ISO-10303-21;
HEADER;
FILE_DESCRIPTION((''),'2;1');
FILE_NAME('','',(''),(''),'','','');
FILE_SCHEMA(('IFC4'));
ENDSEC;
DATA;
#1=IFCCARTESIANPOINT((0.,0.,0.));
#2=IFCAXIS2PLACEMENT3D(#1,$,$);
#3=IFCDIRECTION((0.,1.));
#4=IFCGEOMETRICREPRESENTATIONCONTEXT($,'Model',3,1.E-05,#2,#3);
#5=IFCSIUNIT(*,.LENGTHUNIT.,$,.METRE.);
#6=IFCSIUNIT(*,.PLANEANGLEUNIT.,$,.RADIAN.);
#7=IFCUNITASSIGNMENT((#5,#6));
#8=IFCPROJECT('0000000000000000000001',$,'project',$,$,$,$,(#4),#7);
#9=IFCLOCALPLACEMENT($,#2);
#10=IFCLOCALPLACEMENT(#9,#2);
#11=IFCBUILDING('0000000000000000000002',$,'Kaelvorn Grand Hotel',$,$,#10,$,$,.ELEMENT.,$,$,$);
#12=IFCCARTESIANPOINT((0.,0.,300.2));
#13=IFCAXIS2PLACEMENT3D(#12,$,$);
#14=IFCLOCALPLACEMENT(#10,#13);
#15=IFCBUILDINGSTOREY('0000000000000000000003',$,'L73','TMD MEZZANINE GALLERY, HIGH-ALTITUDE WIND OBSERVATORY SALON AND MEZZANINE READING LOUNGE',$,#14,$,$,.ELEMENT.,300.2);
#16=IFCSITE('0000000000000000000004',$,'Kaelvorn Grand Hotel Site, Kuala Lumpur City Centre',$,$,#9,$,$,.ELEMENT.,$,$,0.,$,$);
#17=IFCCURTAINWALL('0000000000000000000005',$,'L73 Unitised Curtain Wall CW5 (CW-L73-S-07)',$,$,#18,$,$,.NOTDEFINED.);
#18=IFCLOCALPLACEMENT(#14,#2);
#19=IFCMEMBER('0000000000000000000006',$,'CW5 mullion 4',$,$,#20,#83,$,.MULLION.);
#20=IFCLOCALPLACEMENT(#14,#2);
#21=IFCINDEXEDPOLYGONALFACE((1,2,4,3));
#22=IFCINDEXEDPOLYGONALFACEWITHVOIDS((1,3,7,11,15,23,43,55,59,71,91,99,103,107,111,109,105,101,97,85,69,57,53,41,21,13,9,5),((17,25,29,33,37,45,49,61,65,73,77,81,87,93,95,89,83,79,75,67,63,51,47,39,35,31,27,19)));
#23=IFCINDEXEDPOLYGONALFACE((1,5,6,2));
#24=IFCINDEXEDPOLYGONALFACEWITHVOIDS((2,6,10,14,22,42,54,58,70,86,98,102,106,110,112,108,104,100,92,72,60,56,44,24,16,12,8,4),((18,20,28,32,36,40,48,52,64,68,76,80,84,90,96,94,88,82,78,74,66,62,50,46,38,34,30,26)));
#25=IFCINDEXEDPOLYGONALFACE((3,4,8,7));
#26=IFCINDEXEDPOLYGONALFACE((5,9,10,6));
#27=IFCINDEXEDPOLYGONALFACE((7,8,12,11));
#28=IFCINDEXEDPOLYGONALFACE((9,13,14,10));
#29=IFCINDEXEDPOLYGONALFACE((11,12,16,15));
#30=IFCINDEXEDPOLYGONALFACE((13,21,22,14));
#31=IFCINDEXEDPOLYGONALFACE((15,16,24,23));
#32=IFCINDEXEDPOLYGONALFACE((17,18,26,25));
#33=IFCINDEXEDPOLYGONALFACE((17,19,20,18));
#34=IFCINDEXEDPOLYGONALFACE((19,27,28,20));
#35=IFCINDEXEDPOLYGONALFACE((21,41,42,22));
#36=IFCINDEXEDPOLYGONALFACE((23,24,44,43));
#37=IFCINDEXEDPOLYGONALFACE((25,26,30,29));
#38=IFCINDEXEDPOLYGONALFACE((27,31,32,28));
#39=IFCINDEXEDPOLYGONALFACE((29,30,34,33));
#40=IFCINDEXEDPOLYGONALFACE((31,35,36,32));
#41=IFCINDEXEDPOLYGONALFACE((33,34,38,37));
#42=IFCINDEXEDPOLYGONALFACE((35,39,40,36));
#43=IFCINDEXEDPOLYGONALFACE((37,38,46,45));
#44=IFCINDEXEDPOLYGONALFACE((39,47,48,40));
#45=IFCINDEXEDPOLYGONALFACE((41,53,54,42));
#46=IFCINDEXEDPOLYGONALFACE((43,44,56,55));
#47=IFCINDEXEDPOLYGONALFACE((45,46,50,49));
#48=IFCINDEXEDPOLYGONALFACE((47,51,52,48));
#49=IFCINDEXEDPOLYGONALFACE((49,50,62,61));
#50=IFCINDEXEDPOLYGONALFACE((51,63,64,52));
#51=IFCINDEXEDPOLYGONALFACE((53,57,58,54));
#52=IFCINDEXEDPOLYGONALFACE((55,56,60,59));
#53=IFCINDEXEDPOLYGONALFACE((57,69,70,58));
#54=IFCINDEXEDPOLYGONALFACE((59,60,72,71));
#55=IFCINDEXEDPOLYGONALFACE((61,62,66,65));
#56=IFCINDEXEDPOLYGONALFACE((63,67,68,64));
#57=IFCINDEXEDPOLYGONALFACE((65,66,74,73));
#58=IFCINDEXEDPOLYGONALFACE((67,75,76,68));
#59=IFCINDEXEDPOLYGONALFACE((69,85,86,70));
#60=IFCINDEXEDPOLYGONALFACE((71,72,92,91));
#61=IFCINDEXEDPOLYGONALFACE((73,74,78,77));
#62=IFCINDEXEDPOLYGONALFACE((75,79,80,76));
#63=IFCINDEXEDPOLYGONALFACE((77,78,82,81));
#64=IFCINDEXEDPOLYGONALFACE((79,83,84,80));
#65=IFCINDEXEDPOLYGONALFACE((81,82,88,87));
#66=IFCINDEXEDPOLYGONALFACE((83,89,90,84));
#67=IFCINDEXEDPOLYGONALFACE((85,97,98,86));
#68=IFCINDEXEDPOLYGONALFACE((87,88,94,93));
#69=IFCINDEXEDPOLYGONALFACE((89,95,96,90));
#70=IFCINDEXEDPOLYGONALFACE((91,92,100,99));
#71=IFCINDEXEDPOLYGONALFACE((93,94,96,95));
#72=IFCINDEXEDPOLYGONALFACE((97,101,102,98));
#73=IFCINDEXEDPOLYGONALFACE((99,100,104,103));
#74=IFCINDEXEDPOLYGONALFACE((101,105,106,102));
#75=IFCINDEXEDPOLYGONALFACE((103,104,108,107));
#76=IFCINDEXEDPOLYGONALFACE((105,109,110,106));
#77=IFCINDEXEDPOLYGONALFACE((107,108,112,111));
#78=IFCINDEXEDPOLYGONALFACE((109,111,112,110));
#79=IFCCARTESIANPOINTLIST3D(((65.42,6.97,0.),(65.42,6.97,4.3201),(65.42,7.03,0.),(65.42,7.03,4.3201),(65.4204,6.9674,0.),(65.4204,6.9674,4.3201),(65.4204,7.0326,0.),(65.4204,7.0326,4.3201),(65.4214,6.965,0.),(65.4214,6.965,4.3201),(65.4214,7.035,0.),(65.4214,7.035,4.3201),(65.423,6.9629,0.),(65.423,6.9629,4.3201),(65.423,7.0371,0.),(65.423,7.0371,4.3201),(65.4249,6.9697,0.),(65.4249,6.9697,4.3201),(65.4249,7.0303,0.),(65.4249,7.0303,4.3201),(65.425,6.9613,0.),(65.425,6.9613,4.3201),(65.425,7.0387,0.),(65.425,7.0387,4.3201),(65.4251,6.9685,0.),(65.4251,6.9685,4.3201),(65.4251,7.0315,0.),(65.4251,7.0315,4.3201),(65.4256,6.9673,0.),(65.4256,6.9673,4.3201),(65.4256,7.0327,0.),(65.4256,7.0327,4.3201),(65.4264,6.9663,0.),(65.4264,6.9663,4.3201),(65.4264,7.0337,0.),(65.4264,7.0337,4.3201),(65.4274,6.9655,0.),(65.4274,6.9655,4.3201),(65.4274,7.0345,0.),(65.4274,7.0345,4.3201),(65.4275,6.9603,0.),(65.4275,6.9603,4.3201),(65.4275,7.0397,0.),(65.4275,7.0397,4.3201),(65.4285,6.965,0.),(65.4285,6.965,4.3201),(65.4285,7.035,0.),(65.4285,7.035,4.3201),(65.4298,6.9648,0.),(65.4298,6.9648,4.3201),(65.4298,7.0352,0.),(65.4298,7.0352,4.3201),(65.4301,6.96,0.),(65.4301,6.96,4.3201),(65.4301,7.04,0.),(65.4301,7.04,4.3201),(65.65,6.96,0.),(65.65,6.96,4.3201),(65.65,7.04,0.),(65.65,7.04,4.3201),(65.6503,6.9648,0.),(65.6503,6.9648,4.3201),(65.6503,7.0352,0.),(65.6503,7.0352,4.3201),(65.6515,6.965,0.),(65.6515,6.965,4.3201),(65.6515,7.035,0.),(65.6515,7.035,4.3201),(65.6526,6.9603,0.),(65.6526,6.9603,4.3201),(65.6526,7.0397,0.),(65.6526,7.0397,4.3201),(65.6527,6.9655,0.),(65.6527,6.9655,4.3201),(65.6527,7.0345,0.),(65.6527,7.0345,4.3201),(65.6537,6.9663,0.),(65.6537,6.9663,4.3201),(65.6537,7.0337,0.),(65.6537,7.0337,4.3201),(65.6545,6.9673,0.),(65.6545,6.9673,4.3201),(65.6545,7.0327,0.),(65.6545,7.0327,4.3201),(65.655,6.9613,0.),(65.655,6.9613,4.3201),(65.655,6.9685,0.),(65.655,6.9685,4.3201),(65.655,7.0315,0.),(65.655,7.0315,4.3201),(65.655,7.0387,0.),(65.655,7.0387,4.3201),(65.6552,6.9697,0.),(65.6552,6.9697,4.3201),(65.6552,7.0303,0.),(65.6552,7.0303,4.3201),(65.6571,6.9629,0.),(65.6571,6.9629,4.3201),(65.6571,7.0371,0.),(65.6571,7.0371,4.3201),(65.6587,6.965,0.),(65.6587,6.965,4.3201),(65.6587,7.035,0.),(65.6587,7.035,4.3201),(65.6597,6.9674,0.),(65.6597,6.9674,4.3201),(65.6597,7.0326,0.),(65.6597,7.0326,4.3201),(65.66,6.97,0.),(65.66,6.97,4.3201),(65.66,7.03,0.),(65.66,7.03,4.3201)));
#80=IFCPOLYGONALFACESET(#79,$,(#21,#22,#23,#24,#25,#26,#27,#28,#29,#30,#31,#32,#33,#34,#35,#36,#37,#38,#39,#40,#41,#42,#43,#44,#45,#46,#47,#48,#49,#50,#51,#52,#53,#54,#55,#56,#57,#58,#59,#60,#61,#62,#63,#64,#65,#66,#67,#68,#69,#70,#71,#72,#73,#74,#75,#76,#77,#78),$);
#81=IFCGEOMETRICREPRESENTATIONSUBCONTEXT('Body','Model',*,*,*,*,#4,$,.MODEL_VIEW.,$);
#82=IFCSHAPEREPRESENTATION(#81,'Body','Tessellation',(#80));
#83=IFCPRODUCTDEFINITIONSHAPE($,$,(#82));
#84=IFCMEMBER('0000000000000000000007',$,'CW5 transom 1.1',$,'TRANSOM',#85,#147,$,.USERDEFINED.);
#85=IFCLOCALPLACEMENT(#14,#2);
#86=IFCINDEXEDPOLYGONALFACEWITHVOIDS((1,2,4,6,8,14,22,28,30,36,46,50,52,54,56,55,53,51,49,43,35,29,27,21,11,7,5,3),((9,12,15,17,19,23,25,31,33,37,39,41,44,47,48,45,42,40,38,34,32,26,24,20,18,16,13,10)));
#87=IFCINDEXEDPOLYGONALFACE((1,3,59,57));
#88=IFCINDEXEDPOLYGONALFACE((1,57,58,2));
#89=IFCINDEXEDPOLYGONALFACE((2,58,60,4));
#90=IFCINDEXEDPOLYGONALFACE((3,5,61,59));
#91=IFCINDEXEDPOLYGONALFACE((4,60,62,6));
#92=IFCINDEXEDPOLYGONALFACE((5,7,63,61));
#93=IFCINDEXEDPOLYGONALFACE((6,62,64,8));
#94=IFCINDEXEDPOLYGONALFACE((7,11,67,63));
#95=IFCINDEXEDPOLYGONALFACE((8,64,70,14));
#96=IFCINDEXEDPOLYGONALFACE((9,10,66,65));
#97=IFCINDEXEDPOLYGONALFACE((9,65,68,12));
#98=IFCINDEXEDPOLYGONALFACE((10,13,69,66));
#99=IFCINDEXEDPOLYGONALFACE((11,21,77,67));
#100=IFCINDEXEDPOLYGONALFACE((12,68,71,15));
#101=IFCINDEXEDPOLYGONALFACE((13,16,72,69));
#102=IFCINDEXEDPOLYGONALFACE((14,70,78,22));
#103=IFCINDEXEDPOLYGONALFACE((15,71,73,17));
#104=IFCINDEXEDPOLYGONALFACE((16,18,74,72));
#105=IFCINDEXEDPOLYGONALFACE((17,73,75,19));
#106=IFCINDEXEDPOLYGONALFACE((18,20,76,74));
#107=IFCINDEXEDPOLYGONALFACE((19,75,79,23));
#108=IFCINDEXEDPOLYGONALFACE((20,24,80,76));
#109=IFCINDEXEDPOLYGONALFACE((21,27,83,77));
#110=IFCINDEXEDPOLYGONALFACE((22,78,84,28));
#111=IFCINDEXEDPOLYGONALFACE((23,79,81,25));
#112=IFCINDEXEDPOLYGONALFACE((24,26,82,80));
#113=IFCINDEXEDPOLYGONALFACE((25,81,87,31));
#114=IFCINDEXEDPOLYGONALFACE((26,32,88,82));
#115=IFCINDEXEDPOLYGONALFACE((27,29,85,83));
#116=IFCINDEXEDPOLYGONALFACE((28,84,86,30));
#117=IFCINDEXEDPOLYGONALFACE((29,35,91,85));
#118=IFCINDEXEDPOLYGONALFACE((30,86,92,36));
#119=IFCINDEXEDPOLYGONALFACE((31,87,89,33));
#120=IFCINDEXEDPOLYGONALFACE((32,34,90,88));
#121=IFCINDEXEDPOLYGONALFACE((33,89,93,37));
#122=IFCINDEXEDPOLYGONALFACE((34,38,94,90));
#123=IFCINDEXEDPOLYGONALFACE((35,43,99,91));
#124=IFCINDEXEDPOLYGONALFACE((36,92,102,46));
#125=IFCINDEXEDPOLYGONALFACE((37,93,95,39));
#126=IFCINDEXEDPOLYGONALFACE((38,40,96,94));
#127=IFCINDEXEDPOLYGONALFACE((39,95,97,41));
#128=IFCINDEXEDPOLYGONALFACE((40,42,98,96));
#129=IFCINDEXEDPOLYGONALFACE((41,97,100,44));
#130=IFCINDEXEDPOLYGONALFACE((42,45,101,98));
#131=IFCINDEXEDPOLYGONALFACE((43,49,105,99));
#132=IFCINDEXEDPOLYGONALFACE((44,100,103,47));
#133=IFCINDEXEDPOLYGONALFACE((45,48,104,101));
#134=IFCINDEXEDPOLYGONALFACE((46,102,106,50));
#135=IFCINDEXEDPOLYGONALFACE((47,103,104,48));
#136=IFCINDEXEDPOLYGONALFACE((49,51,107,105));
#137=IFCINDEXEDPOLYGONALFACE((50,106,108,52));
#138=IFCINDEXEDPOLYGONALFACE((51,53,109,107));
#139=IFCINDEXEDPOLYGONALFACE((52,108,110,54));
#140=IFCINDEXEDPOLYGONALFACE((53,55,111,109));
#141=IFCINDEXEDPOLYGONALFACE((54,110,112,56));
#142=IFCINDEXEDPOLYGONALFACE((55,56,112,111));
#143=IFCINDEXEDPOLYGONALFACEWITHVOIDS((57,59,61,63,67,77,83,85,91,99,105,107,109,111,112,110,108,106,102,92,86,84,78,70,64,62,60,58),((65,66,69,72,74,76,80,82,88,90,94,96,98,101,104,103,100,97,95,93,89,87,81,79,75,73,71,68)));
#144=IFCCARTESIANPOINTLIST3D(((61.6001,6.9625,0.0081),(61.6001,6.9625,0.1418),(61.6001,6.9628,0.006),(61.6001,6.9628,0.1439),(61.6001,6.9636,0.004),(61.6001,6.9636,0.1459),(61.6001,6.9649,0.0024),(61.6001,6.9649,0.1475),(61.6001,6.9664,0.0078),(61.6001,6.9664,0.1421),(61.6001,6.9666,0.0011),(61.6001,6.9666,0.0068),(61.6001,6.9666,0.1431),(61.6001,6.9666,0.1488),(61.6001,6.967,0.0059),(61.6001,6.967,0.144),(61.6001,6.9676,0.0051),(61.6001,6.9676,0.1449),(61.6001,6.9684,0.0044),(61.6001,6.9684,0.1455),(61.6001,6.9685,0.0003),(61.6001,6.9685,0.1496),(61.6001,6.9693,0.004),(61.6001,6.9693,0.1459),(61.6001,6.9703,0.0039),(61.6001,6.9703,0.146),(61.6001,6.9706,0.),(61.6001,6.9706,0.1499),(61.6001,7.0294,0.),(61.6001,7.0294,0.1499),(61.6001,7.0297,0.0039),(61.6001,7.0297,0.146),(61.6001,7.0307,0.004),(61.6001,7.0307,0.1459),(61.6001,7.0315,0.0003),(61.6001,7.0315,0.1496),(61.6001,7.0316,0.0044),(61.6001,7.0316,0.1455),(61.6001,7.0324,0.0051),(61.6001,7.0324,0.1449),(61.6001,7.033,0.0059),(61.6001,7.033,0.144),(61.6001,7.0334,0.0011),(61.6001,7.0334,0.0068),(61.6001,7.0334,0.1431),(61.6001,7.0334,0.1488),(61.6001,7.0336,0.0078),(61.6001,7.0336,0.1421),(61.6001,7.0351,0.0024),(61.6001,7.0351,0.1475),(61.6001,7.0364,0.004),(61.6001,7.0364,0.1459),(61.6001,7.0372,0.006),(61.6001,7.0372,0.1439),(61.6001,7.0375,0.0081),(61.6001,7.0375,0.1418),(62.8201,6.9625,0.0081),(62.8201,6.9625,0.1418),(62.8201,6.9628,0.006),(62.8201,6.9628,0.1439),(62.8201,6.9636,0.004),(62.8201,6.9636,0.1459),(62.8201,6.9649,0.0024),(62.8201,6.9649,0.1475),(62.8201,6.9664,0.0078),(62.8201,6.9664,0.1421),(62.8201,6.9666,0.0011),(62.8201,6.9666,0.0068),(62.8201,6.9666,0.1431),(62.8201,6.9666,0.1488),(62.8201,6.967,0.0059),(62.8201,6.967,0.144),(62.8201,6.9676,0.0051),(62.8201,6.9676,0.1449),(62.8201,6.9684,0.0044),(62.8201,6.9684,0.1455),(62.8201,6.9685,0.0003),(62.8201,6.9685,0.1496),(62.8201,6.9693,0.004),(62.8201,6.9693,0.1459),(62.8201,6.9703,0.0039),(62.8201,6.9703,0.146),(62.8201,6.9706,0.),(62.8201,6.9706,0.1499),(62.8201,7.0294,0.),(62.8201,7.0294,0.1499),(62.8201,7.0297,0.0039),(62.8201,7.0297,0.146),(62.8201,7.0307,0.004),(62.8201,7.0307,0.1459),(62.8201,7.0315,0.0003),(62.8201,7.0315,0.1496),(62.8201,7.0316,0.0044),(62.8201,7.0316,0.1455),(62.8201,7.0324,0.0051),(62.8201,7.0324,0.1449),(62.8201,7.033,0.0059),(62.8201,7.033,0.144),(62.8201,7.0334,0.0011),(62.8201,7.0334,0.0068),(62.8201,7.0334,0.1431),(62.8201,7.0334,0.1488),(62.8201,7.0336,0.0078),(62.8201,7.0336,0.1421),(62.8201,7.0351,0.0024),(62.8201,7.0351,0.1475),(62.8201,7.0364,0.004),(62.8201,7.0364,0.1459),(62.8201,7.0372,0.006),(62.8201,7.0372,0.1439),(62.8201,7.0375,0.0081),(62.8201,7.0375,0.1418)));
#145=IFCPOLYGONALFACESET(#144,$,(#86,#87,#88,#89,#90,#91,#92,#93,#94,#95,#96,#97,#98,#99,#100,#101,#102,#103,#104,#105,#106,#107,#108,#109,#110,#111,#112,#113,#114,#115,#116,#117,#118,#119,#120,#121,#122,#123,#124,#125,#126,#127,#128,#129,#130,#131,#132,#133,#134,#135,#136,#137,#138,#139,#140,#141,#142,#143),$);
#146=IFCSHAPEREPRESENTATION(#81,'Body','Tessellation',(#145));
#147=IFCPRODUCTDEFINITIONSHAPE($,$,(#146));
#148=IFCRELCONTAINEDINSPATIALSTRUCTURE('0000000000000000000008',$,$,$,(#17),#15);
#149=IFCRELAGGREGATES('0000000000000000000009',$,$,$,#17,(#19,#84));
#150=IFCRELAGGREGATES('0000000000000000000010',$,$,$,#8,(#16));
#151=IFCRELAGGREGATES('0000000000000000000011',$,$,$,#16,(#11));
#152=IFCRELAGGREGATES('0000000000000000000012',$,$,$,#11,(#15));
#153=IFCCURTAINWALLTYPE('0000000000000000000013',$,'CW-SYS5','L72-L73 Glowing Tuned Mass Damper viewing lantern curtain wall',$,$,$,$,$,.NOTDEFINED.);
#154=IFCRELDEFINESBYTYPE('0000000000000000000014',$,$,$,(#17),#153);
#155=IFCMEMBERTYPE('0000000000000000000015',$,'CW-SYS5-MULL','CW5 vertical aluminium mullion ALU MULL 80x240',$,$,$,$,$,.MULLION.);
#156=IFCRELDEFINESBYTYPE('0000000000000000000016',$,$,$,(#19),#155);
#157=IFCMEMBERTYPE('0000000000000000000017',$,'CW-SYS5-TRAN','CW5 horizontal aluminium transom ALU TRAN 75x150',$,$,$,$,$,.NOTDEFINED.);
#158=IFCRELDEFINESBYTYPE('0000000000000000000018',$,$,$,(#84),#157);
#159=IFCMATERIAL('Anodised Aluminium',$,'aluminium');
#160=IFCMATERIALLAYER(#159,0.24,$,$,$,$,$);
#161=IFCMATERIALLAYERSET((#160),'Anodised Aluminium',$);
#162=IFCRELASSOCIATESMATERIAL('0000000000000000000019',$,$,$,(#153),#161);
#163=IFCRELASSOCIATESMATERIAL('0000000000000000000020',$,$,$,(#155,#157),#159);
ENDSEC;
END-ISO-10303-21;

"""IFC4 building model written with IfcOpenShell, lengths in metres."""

from ifc_helpers import new_model, si_unit, direction, frame, origin, origin_2d, place, context, subcontext, project, spatial, hollow_rectangle, extrude, material, layer, layer_set, material_profile, profile_set, type_object, element, aggregate, save


model = new_model("IFC4")

# Units and contexts
model_context = context("Model", 3, precision=1e-05, world=origin(), true_north=direction((0.0, 1.0)))
body_context = subcontext(model_context, "Body", "Model", "MODEL_VIEW")
ifc_project = project(units=[si_unit("LENGTHUNIT", "METRE"), si_unit("PLANEANGLEUNIT", "RADIAN")], contexts=[model_context])

# Site, building, storey
site_placement = place(None, origin())
site = spatial("IfcSite", under=ifc_project, at=site_placement, Name="Kaelvorn Grand Hotel Site, Kuala Lumpur City Centre", CompositionType="ELEMENT", RefElevation=0.0)
building_placement = place(site_placement, origin())
building = spatial("IfcBuilding", under=site, at=building_placement, Name="Kaelvorn Grand Hotel", CompositionType="ELEMENT")
storey_placement = place(building_placement, frame((0.0, 0.0, 300.2)))
storey = spatial("IfcBuildingStorey", under=building, at=storey_placement, Name="L73", Description="TMD MEZZANINE GALLERY, HIGH-ALTITUDE WIND OBSERVATORY SALON AND MEZZANINE READING LOUNGE", CompositionType="ELEMENT", Elevation=300.2)

# Curtain wall, members
ifc_material_1 = material(Name="Anodised Aluminium", Category="aluminium")
ifc_layer_1 = layer(ifc_material_1, 0.24)
ifc_layer_set_1 = layer_set([ifc_layer_1], Name="Anodised Aluminium")
curtain_wall_type = type_object("IfcCurtainWallType", Name="CW-SYS5", Description="L72-L73 Glowing Tuned Mass Damper viewing lantern curtain wall", PredefinedType="NOTDEFINED", material=ifc_layer_set_1)
curtain_wall_placement = place(storey_placement, origin())
curtain_wall = element("IfcCurtainWall", 1, at=curtain_wall_placement, inside=storey, type_object=curtain_wall_type, Name="L73 Unitised Curtain Wall CW5 (CW-L73-S-07)", PredefinedType="NOTDEFINED")
ifc_material_profile_1 = material_profile(ifc_material_1, hollow_rectangle(XDim=0.0801, YDim=0.24, WallThickness=0.0049, InnerFilletRadius=0.0049, OuterFilletRadius=0.01, at=origin_2d()), Name="ALU MULL 80x240")
ifc_profile_set_1 = profile_set([ifc_material_profile_1], Name="Anodised Aluminium")
member_type_1 = type_object("IfcMemberType", Name="CW-SYS5-MULL", Description="CW5 vertical aluminium mullion ALU MULL 80x240", PredefinedType="MULLION", material=ifc_profile_set_1)
member_1_placement = place(storey_placement, frame((65.54, 7.0, 0.0), z_axis=(0.0, 0.0, 1.0), x_axis=(0.0, 1.0, 0.0)))
member_1 = element("IfcMember", 2, at=member_1_placement, type_object=member_type_1, Name="CW5 mullion 4", PredefinedType="MULLION", context=body_context, shape_type="SweptSolid", body=[
    extrude(hollow_rectangle(XDim=0.0801, YDim=0.24, WallThickness=0.0049, InnerFilletRadius=0.0049, OuterFilletRadius=0.01, at=origin_2d()), origin(), (0.0, 0.0, 1.0), 4.3201),
])
ifc_material_profile_2 = material_profile(ifc_material_1, hollow_rectangle(XDim=0.075, YDim=0.1499, WallThickness=0.0039, InnerFilletRadius=0.0039, OuterFilletRadius=0.0081, at=origin_2d()), Name="ALU TRAN 75x150")
ifc_profile_set_2 = profile_set([ifc_material_profile_2], Name="Anodised Aluminium")
member_type_2 = type_object("IfcMemberType", Name="CW-SYS5-TRAN", Description="CW5 horizontal aluminium transom ALU TRAN 75x150", PredefinedType="NOTDEFINED", material=ifc_profile_set_2)
member_2_placement = place(storey_placement, frame((61.6001, 7.0, 0.075), z_axis=(1.0, 0.0, 0.0), x_axis=(0.0, 1.0, 0.0)))
member_2 = element("IfcMember", 3, at=member_2_placement, type_object=member_type_2, Name="CW5 transom 1.1", ObjectType="TRANSOM", PredefinedType="USERDEFINED", context=body_context, shape_type="SweptSolid", body=[
    extrude(hollow_rectangle(XDim=0.075, YDim=0.1499, WallThickness=0.0039, InnerFilletRadius=0.0039, OuterFilletRadius=0.0081, at=origin_2d()), origin(), (0.0, 0.0, 1.0), 1.22),
])
aggregate(curtain_wall, [member_1, member_2])

save(model, "model.ifc")
